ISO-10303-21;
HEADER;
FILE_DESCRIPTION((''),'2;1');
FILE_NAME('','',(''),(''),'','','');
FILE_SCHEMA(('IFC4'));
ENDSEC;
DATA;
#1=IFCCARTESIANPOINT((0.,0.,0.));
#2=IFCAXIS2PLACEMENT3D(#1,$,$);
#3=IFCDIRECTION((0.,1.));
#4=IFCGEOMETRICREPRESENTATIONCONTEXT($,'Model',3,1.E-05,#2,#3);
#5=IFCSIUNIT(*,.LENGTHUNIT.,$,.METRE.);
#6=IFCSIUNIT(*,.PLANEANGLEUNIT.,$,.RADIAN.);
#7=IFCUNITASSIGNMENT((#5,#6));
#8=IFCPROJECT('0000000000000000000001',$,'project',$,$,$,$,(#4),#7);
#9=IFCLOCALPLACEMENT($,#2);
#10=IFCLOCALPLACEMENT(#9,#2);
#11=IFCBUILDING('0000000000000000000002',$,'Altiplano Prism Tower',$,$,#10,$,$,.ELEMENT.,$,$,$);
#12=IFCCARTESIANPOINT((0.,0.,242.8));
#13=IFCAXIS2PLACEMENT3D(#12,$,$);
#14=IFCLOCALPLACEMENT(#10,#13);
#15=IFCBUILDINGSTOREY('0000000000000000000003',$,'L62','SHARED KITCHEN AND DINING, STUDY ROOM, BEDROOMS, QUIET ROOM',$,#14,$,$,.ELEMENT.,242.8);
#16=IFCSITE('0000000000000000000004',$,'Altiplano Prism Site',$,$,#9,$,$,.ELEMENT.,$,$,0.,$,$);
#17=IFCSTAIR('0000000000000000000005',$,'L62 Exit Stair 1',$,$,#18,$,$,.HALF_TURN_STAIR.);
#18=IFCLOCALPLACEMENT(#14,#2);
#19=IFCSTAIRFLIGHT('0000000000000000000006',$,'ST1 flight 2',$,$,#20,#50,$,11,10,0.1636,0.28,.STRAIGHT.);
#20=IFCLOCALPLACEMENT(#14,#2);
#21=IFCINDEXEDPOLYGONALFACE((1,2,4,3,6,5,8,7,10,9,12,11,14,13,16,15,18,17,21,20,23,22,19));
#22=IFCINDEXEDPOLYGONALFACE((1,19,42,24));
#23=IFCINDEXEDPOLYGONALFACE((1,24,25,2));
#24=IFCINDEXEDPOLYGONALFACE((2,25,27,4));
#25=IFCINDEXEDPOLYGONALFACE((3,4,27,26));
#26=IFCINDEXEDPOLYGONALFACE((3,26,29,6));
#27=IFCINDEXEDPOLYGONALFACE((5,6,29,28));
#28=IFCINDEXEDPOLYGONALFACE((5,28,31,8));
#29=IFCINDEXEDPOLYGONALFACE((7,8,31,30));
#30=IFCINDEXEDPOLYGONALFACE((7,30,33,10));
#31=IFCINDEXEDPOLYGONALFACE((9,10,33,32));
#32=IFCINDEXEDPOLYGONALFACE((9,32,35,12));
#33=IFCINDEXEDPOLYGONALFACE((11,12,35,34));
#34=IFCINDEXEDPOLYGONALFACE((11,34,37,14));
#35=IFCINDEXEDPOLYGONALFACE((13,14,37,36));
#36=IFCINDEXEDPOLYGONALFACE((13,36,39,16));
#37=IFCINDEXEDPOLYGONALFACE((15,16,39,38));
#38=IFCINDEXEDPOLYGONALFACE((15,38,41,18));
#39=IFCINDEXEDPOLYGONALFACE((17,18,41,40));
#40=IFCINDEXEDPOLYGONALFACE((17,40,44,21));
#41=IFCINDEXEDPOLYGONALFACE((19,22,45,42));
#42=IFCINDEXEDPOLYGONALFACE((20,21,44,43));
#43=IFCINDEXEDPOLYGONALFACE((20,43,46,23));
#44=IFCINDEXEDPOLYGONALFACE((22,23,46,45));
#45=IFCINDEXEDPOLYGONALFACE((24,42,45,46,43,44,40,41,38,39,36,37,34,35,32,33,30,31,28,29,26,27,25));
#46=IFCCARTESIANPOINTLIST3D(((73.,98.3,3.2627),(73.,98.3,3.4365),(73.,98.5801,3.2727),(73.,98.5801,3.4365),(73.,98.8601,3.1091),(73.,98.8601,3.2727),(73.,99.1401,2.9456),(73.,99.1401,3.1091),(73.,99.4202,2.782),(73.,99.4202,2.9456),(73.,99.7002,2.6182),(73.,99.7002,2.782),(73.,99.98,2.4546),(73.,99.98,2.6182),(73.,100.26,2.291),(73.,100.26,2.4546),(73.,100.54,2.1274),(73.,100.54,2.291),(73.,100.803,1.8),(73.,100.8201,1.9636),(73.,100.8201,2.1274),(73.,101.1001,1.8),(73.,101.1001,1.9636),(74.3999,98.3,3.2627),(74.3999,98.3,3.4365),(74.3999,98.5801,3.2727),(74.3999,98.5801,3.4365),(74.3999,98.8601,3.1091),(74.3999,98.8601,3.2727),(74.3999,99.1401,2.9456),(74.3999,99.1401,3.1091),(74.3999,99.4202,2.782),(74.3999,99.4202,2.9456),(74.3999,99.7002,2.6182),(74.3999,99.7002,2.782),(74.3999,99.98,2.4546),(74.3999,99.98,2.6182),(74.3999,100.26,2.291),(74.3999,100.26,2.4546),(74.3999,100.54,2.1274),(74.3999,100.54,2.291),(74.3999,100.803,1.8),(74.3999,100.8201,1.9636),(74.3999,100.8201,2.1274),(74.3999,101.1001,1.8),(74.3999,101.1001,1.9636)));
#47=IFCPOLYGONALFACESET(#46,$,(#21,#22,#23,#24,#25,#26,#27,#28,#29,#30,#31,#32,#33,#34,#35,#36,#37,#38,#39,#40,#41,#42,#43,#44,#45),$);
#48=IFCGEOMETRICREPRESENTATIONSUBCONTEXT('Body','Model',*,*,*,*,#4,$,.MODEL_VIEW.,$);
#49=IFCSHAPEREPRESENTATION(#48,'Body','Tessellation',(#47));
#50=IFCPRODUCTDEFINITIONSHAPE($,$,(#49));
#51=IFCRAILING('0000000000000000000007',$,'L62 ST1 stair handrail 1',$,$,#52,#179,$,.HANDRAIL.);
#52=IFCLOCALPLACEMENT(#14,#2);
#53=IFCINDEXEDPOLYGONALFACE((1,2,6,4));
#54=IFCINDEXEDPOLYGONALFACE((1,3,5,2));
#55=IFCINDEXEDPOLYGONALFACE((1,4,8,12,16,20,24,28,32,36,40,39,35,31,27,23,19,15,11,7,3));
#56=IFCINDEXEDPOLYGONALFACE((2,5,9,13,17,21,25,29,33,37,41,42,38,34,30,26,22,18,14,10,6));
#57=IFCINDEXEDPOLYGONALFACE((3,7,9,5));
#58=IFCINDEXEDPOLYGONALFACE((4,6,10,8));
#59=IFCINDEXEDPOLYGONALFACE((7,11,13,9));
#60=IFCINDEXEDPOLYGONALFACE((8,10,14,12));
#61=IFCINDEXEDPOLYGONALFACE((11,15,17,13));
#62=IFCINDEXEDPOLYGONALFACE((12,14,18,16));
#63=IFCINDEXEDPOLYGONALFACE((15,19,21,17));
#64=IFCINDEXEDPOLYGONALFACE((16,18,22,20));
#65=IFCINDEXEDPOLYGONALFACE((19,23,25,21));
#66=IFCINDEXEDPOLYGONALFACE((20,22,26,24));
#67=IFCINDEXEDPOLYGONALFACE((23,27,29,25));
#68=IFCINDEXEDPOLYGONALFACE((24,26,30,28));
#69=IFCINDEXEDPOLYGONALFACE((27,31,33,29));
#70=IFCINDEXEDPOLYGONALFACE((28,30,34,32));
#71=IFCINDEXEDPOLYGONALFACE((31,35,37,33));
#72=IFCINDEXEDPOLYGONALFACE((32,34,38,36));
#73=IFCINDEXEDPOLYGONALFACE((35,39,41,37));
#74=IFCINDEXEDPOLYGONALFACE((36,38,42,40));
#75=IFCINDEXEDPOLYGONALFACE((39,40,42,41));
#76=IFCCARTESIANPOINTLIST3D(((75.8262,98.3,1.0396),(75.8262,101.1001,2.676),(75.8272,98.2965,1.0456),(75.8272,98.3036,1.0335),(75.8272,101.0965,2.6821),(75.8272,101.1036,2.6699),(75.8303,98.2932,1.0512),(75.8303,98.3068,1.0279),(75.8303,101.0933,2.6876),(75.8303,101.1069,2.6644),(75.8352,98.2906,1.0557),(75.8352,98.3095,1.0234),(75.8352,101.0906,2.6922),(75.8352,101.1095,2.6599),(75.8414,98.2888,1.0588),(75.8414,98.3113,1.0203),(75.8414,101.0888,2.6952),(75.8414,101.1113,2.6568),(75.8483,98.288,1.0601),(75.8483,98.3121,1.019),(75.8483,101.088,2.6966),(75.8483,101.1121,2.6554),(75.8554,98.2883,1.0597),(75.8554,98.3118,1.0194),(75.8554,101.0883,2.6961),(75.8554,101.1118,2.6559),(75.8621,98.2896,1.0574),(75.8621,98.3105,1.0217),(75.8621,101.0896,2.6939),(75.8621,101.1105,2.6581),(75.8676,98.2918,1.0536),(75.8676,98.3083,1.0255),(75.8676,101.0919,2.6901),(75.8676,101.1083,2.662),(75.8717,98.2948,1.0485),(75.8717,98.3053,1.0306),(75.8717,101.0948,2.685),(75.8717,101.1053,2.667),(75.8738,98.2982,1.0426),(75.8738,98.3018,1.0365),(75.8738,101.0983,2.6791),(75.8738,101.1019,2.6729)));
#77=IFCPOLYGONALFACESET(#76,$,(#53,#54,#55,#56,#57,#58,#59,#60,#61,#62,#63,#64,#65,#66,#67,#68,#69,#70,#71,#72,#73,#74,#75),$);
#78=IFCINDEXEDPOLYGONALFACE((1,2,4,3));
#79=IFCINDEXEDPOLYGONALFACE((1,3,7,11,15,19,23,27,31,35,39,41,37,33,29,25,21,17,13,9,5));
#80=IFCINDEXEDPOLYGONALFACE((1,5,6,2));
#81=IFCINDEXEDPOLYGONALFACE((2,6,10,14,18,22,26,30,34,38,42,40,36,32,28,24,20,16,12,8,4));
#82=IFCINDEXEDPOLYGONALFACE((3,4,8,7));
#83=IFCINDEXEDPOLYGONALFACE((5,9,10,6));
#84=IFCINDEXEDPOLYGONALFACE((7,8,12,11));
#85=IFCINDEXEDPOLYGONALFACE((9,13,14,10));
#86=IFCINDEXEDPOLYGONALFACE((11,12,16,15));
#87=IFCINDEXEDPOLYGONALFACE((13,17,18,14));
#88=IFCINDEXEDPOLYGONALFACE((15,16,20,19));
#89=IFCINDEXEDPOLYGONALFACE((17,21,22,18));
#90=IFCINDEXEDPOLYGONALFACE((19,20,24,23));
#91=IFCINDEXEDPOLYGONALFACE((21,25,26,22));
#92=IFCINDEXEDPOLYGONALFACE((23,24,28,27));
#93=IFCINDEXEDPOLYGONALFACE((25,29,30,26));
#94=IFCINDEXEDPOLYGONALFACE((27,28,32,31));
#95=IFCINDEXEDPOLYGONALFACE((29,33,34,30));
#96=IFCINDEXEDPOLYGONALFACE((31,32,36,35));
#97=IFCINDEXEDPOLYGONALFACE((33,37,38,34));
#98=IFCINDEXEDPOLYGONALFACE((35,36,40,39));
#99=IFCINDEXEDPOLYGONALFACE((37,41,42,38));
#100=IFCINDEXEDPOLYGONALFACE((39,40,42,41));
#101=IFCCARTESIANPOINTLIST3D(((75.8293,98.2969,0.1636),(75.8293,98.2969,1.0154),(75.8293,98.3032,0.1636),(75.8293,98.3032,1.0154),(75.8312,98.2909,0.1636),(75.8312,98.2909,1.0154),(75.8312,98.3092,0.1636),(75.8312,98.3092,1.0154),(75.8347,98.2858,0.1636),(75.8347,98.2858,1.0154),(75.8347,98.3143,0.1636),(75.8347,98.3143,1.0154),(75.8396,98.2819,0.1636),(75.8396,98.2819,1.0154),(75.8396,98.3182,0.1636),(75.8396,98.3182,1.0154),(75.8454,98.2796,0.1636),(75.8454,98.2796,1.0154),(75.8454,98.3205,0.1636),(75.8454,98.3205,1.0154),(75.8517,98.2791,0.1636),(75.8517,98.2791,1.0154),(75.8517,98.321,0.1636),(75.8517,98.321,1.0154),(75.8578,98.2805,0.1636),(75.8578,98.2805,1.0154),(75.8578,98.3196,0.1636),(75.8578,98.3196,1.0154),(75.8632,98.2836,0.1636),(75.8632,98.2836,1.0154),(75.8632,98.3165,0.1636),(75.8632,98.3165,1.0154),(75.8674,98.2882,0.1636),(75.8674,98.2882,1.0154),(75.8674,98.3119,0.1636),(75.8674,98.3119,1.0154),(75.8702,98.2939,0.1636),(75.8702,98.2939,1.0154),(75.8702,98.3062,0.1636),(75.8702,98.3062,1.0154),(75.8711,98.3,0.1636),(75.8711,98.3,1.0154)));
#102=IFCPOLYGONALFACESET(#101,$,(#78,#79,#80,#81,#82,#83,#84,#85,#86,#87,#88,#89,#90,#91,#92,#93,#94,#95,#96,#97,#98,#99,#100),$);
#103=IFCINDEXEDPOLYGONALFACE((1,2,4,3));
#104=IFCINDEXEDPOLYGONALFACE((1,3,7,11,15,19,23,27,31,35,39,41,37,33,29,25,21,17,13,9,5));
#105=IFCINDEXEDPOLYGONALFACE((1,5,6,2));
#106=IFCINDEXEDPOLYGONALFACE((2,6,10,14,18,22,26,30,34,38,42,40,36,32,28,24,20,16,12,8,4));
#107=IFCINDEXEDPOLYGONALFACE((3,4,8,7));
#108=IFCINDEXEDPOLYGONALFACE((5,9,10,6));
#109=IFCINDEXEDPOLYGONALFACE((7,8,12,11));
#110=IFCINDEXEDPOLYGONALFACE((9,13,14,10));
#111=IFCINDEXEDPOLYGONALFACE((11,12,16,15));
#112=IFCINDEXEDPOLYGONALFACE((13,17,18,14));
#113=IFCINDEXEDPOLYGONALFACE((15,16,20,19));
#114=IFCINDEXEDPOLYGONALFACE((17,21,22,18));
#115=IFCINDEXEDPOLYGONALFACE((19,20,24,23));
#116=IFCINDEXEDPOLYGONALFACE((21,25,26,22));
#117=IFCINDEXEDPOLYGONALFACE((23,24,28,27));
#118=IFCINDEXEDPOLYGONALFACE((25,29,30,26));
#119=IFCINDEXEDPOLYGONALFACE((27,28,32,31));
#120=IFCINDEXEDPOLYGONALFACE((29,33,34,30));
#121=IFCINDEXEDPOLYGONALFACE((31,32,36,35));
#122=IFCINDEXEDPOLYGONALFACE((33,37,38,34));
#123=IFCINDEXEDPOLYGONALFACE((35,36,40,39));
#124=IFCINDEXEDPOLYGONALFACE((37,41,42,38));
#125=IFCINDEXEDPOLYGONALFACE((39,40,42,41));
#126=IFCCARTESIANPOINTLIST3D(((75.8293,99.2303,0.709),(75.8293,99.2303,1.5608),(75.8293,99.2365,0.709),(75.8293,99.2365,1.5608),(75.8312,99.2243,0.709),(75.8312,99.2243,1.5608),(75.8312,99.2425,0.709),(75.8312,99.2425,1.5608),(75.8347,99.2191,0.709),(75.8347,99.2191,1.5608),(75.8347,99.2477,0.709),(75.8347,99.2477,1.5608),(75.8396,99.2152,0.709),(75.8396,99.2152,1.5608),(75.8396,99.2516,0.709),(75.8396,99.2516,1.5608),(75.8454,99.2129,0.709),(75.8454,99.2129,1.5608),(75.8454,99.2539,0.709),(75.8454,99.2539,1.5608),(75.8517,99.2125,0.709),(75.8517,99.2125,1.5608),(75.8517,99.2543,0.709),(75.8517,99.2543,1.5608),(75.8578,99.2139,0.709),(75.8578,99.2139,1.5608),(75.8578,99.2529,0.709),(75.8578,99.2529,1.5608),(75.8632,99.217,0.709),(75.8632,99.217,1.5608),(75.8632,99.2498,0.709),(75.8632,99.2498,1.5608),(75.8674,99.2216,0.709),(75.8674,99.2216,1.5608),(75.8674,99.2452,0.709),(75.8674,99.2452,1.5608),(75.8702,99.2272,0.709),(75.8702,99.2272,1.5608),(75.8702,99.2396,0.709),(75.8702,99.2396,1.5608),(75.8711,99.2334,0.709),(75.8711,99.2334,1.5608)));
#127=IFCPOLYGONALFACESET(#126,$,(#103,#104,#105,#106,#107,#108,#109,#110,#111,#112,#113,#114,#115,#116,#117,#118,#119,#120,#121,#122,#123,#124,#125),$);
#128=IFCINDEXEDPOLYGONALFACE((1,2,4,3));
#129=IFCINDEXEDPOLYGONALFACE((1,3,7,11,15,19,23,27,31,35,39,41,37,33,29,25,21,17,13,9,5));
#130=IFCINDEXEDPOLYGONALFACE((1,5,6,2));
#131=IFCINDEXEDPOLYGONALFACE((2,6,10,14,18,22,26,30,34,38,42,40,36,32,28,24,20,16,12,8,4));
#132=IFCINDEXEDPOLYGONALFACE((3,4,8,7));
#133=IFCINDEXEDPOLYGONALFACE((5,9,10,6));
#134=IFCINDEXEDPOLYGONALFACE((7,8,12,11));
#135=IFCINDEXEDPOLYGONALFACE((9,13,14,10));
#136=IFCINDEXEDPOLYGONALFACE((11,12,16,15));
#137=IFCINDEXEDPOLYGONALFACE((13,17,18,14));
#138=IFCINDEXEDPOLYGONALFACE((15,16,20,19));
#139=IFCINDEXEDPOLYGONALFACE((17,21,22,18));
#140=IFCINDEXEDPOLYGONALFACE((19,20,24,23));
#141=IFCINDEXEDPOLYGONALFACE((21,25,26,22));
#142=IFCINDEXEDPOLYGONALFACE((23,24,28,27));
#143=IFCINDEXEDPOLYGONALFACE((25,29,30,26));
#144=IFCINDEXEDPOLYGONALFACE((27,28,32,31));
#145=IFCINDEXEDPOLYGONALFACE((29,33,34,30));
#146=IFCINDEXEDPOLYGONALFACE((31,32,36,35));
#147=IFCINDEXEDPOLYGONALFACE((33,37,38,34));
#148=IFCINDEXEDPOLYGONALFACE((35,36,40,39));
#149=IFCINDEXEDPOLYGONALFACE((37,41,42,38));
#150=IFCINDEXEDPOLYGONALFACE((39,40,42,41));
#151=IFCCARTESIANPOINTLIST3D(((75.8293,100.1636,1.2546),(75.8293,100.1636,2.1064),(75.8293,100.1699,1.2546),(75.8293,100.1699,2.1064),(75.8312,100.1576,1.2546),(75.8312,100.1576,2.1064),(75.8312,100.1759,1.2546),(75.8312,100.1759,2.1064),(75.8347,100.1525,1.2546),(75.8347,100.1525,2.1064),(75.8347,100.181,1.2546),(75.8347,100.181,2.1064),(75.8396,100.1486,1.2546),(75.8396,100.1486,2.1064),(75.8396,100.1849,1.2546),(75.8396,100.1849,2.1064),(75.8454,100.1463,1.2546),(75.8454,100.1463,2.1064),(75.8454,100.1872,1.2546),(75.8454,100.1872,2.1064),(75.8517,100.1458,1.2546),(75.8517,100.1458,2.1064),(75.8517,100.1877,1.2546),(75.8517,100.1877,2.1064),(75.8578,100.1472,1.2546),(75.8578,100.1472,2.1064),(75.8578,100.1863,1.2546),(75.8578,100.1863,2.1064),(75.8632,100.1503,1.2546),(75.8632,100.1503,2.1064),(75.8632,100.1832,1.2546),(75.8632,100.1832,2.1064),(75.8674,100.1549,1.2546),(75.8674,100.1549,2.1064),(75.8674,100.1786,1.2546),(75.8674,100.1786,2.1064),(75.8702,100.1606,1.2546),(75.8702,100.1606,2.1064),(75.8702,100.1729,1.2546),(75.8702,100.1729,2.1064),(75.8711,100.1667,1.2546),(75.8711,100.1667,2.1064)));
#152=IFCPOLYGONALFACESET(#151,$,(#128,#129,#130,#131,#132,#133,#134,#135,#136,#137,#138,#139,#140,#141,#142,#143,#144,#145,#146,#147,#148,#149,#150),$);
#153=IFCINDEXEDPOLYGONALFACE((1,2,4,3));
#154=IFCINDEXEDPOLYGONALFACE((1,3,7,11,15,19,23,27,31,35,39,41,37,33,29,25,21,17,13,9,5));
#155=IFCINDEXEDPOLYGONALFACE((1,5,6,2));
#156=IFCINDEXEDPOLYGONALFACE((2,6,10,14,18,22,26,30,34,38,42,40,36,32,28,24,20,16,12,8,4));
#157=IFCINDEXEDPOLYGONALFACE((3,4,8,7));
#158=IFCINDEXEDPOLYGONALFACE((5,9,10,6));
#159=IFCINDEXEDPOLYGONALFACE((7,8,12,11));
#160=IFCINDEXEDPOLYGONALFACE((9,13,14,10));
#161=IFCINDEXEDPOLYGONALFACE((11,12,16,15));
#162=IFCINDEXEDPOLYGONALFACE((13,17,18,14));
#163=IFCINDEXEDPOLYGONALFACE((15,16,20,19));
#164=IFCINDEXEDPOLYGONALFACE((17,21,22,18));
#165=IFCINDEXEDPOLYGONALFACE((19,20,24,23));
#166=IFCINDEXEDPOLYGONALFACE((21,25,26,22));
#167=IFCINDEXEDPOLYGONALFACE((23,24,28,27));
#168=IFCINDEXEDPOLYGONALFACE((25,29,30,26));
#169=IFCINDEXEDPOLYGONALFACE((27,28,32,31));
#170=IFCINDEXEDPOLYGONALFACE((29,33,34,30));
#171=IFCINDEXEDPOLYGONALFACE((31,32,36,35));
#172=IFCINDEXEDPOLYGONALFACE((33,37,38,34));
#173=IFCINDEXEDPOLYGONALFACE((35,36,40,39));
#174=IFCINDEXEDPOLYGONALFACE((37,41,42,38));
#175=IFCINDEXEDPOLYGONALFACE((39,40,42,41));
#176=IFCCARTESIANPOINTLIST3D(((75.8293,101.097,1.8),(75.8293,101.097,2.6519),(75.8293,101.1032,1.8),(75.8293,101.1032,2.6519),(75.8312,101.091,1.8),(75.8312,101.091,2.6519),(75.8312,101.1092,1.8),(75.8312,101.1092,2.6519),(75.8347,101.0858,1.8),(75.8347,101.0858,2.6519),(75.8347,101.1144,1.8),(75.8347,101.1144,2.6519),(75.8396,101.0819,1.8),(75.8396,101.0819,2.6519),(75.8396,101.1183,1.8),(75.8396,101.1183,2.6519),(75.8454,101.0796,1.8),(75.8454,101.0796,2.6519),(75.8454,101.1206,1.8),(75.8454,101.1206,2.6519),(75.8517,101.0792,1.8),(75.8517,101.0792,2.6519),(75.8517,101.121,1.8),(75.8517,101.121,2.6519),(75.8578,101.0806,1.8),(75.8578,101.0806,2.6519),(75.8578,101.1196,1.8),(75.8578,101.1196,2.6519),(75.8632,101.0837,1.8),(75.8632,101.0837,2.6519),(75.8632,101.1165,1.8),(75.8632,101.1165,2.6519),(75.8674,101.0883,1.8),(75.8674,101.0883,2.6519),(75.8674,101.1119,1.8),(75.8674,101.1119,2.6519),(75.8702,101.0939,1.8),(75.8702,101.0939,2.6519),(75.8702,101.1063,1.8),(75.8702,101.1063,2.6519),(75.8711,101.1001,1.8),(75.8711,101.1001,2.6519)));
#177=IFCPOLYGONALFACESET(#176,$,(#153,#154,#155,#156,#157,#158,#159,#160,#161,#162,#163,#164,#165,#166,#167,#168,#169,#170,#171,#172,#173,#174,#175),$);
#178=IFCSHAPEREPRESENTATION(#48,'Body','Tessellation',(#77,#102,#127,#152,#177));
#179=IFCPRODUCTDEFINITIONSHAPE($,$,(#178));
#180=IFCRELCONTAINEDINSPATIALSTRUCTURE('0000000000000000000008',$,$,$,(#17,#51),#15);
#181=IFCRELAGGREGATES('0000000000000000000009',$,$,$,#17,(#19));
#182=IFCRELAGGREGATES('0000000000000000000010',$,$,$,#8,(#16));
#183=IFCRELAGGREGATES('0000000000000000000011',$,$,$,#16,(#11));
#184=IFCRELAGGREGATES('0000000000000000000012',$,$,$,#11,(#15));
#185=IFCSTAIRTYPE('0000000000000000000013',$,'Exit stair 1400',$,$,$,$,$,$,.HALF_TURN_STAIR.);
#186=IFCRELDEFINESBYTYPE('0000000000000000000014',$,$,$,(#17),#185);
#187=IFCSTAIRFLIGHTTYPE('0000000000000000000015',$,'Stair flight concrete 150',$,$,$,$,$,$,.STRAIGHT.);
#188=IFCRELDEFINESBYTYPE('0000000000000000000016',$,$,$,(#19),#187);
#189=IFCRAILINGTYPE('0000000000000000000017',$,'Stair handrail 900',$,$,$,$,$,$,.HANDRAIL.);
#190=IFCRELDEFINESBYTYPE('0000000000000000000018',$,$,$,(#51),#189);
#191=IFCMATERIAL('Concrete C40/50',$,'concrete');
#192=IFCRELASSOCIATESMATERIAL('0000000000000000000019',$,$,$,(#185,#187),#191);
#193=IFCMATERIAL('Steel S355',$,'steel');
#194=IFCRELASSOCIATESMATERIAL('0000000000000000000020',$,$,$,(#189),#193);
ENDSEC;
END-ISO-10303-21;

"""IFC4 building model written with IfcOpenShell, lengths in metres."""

from ifc_helpers import new_model, si_unit, direction, frame, origin, origin_2d, place, context, subcontext, project, spatial, polyline, circle, outline, extrude, material, type_object, element, aggregate, save


model = new_model("IFC4")

# Units and contexts
model_context = context("Model", 3, precision=1e-05, world=origin(), true_north=direction((0.0, 1.0)))
body_context = subcontext(model_context, "Body", "Model", "MODEL_VIEW")
ifc_project = project(units=[si_unit("LENGTHUNIT", "METRE"), si_unit("PLANEANGLEUNIT", "RADIAN")], contexts=[model_context])

# Site, building, storey
site_placement = place(None, origin())
site = spatial("IfcSite", under=ifc_project, at=site_placement, Name="Altiplano Prism Site", CompositionType="ELEMENT", RefElevation=0.0)
building_placement = place(site_placement, origin())
building = spatial("IfcBuilding", under=site, at=building_placement, Name="Altiplano Prism Tower", CompositionType="ELEMENT")
storey_placement = place(building_placement, frame((0.0, 0.0, 242.8)))
storey = spatial("IfcBuildingStorey", under=building, at=storey_placement, Name="L62", Description="SHARED KITCHEN AND DINING, STUDY ROOM, BEDROOMS, QUIET ROOM", CompositionType="ELEMENT", Elevation=242.8)

# Stair, stair flight
ifc_material_1 = material(Name="Concrete C40/50", Category="concrete")
stair_type = type_object("IfcStairType", Name="Exit stair 1400", PredefinedType="HALF_TURN_STAIR", material=ifc_material_1)
stair_placement = place(storey_placement, origin())
stair = element("IfcStair", 1, at=stair_placement, inside=storey, type_object=stair_type, Name="L62 Exit Stair 1", PredefinedType="HALF_TURN_STAIR")
stair_flight_type = type_object("IfcStairFlightType", Name="Stair flight concrete 150", PredefinedType="STRAIGHT", material=ifc_material_1)
stair_flight_1_placement = place(storey_placement, frame((73.7, 101.1001, 1.8), z_axis=(0.0, 0.0, 1.0), x_axis=(0.0, -1.0, 0.0)))
stair_flight_1 = element("IfcStairFlight", 2, at=stair_flight_1_placement, type_object=stair_flight_type, Name="ST1 flight 2", NumberOfRisers=11, NumberOfTreads=10, PredefinedType="STRAIGHT", RiserHeight=0.1636, TreadLength=0.28, context=body_context, shape_type="SweptSolid", body=[
    extrude(outline(polyline([(0.0, 0.0), (0.0, 0.1636), (0.28, 0.1636), (0.28, 0.3274), (0.5601, 0.3274), (0.5601, 0.491), (0.8401, 0.491), (0.8401, 0.6545), (1.1201, 0.6545), (1.1201, 0.8181), (1.3999, 0.8181), (1.3999, 0.9819), (1.6799, 0.9819), (1.6799, 1.1455), (1.96, 1.1455), (1.96, 1.3091), (2.24, 1.3091), (2.24, 1.4727), (2.52, 1.4727), (2.52, 1.6365), (2.8, 1.6365), (2.8, 1.8), (2.8, 1.4626), (0.2971, 0.0), (0.0, 0.0)])), frame((0.0, 0.7, 0.0), z_axis=(0.0, -1.0, 0.0), x_axis=(1.0, 0.0, 0.0)), (0.0, 0.0, 1.0), 1.3999),
])
aggregate(stair, [stair_flight_1])

# Railing
ifc_material_2 = material(Name="Steel S355", Category="steel")
railing_type_1 = type_object("IfcRailingType", Name="Stair handrail 900", PredefinedType="HANDRAIL", material=ifc_material_2)
railing_1_placement = place(storey_placement, frame((75.8501, 98.3, 0.1636)))
element("IfcRailing", 3, at=railing_1_placement, inside=storey, type_object=railing_type_1, Name="L62 ST1 stair handrail 1", PredefinedType="HANDRAIL", context=body_context, shape_type="SweptSolid", body=[
    extrude(circle(Radius=0.0239, at=origin_2d()), frame((0.0, 0.0, 0.876), z_axis=(0.0, 0.863361, 0.504587), x_axis=(-1.0, 0.0, 0.0)), (0.0, 0.0, 1.0), 3.2432),
    extrude(circle(Radius=0.021, at=origin_2d()), origin(), (0.0, 0.0, 1.0), 0.8518),
    extrude(circle(Radius=0.021, at=origin_2d()), frame((0.0, 0.9333, 0.5454)), (0.0, 0.0, 1.0), 0.8518),
    extrude(circle(Radius=0.021, at=origin_2d()), frame((0.0, 1.8667, 1.0911)), (0.0, 0.0, 1.0), 0.8518),
    extrude(circle(Radius=0.021, at=origin_2d()), frame((0.0, 2.8, 1.6365)), (0.0, 0.0, 1.0), 0.8518),
])

save(model, "model.ifc")
